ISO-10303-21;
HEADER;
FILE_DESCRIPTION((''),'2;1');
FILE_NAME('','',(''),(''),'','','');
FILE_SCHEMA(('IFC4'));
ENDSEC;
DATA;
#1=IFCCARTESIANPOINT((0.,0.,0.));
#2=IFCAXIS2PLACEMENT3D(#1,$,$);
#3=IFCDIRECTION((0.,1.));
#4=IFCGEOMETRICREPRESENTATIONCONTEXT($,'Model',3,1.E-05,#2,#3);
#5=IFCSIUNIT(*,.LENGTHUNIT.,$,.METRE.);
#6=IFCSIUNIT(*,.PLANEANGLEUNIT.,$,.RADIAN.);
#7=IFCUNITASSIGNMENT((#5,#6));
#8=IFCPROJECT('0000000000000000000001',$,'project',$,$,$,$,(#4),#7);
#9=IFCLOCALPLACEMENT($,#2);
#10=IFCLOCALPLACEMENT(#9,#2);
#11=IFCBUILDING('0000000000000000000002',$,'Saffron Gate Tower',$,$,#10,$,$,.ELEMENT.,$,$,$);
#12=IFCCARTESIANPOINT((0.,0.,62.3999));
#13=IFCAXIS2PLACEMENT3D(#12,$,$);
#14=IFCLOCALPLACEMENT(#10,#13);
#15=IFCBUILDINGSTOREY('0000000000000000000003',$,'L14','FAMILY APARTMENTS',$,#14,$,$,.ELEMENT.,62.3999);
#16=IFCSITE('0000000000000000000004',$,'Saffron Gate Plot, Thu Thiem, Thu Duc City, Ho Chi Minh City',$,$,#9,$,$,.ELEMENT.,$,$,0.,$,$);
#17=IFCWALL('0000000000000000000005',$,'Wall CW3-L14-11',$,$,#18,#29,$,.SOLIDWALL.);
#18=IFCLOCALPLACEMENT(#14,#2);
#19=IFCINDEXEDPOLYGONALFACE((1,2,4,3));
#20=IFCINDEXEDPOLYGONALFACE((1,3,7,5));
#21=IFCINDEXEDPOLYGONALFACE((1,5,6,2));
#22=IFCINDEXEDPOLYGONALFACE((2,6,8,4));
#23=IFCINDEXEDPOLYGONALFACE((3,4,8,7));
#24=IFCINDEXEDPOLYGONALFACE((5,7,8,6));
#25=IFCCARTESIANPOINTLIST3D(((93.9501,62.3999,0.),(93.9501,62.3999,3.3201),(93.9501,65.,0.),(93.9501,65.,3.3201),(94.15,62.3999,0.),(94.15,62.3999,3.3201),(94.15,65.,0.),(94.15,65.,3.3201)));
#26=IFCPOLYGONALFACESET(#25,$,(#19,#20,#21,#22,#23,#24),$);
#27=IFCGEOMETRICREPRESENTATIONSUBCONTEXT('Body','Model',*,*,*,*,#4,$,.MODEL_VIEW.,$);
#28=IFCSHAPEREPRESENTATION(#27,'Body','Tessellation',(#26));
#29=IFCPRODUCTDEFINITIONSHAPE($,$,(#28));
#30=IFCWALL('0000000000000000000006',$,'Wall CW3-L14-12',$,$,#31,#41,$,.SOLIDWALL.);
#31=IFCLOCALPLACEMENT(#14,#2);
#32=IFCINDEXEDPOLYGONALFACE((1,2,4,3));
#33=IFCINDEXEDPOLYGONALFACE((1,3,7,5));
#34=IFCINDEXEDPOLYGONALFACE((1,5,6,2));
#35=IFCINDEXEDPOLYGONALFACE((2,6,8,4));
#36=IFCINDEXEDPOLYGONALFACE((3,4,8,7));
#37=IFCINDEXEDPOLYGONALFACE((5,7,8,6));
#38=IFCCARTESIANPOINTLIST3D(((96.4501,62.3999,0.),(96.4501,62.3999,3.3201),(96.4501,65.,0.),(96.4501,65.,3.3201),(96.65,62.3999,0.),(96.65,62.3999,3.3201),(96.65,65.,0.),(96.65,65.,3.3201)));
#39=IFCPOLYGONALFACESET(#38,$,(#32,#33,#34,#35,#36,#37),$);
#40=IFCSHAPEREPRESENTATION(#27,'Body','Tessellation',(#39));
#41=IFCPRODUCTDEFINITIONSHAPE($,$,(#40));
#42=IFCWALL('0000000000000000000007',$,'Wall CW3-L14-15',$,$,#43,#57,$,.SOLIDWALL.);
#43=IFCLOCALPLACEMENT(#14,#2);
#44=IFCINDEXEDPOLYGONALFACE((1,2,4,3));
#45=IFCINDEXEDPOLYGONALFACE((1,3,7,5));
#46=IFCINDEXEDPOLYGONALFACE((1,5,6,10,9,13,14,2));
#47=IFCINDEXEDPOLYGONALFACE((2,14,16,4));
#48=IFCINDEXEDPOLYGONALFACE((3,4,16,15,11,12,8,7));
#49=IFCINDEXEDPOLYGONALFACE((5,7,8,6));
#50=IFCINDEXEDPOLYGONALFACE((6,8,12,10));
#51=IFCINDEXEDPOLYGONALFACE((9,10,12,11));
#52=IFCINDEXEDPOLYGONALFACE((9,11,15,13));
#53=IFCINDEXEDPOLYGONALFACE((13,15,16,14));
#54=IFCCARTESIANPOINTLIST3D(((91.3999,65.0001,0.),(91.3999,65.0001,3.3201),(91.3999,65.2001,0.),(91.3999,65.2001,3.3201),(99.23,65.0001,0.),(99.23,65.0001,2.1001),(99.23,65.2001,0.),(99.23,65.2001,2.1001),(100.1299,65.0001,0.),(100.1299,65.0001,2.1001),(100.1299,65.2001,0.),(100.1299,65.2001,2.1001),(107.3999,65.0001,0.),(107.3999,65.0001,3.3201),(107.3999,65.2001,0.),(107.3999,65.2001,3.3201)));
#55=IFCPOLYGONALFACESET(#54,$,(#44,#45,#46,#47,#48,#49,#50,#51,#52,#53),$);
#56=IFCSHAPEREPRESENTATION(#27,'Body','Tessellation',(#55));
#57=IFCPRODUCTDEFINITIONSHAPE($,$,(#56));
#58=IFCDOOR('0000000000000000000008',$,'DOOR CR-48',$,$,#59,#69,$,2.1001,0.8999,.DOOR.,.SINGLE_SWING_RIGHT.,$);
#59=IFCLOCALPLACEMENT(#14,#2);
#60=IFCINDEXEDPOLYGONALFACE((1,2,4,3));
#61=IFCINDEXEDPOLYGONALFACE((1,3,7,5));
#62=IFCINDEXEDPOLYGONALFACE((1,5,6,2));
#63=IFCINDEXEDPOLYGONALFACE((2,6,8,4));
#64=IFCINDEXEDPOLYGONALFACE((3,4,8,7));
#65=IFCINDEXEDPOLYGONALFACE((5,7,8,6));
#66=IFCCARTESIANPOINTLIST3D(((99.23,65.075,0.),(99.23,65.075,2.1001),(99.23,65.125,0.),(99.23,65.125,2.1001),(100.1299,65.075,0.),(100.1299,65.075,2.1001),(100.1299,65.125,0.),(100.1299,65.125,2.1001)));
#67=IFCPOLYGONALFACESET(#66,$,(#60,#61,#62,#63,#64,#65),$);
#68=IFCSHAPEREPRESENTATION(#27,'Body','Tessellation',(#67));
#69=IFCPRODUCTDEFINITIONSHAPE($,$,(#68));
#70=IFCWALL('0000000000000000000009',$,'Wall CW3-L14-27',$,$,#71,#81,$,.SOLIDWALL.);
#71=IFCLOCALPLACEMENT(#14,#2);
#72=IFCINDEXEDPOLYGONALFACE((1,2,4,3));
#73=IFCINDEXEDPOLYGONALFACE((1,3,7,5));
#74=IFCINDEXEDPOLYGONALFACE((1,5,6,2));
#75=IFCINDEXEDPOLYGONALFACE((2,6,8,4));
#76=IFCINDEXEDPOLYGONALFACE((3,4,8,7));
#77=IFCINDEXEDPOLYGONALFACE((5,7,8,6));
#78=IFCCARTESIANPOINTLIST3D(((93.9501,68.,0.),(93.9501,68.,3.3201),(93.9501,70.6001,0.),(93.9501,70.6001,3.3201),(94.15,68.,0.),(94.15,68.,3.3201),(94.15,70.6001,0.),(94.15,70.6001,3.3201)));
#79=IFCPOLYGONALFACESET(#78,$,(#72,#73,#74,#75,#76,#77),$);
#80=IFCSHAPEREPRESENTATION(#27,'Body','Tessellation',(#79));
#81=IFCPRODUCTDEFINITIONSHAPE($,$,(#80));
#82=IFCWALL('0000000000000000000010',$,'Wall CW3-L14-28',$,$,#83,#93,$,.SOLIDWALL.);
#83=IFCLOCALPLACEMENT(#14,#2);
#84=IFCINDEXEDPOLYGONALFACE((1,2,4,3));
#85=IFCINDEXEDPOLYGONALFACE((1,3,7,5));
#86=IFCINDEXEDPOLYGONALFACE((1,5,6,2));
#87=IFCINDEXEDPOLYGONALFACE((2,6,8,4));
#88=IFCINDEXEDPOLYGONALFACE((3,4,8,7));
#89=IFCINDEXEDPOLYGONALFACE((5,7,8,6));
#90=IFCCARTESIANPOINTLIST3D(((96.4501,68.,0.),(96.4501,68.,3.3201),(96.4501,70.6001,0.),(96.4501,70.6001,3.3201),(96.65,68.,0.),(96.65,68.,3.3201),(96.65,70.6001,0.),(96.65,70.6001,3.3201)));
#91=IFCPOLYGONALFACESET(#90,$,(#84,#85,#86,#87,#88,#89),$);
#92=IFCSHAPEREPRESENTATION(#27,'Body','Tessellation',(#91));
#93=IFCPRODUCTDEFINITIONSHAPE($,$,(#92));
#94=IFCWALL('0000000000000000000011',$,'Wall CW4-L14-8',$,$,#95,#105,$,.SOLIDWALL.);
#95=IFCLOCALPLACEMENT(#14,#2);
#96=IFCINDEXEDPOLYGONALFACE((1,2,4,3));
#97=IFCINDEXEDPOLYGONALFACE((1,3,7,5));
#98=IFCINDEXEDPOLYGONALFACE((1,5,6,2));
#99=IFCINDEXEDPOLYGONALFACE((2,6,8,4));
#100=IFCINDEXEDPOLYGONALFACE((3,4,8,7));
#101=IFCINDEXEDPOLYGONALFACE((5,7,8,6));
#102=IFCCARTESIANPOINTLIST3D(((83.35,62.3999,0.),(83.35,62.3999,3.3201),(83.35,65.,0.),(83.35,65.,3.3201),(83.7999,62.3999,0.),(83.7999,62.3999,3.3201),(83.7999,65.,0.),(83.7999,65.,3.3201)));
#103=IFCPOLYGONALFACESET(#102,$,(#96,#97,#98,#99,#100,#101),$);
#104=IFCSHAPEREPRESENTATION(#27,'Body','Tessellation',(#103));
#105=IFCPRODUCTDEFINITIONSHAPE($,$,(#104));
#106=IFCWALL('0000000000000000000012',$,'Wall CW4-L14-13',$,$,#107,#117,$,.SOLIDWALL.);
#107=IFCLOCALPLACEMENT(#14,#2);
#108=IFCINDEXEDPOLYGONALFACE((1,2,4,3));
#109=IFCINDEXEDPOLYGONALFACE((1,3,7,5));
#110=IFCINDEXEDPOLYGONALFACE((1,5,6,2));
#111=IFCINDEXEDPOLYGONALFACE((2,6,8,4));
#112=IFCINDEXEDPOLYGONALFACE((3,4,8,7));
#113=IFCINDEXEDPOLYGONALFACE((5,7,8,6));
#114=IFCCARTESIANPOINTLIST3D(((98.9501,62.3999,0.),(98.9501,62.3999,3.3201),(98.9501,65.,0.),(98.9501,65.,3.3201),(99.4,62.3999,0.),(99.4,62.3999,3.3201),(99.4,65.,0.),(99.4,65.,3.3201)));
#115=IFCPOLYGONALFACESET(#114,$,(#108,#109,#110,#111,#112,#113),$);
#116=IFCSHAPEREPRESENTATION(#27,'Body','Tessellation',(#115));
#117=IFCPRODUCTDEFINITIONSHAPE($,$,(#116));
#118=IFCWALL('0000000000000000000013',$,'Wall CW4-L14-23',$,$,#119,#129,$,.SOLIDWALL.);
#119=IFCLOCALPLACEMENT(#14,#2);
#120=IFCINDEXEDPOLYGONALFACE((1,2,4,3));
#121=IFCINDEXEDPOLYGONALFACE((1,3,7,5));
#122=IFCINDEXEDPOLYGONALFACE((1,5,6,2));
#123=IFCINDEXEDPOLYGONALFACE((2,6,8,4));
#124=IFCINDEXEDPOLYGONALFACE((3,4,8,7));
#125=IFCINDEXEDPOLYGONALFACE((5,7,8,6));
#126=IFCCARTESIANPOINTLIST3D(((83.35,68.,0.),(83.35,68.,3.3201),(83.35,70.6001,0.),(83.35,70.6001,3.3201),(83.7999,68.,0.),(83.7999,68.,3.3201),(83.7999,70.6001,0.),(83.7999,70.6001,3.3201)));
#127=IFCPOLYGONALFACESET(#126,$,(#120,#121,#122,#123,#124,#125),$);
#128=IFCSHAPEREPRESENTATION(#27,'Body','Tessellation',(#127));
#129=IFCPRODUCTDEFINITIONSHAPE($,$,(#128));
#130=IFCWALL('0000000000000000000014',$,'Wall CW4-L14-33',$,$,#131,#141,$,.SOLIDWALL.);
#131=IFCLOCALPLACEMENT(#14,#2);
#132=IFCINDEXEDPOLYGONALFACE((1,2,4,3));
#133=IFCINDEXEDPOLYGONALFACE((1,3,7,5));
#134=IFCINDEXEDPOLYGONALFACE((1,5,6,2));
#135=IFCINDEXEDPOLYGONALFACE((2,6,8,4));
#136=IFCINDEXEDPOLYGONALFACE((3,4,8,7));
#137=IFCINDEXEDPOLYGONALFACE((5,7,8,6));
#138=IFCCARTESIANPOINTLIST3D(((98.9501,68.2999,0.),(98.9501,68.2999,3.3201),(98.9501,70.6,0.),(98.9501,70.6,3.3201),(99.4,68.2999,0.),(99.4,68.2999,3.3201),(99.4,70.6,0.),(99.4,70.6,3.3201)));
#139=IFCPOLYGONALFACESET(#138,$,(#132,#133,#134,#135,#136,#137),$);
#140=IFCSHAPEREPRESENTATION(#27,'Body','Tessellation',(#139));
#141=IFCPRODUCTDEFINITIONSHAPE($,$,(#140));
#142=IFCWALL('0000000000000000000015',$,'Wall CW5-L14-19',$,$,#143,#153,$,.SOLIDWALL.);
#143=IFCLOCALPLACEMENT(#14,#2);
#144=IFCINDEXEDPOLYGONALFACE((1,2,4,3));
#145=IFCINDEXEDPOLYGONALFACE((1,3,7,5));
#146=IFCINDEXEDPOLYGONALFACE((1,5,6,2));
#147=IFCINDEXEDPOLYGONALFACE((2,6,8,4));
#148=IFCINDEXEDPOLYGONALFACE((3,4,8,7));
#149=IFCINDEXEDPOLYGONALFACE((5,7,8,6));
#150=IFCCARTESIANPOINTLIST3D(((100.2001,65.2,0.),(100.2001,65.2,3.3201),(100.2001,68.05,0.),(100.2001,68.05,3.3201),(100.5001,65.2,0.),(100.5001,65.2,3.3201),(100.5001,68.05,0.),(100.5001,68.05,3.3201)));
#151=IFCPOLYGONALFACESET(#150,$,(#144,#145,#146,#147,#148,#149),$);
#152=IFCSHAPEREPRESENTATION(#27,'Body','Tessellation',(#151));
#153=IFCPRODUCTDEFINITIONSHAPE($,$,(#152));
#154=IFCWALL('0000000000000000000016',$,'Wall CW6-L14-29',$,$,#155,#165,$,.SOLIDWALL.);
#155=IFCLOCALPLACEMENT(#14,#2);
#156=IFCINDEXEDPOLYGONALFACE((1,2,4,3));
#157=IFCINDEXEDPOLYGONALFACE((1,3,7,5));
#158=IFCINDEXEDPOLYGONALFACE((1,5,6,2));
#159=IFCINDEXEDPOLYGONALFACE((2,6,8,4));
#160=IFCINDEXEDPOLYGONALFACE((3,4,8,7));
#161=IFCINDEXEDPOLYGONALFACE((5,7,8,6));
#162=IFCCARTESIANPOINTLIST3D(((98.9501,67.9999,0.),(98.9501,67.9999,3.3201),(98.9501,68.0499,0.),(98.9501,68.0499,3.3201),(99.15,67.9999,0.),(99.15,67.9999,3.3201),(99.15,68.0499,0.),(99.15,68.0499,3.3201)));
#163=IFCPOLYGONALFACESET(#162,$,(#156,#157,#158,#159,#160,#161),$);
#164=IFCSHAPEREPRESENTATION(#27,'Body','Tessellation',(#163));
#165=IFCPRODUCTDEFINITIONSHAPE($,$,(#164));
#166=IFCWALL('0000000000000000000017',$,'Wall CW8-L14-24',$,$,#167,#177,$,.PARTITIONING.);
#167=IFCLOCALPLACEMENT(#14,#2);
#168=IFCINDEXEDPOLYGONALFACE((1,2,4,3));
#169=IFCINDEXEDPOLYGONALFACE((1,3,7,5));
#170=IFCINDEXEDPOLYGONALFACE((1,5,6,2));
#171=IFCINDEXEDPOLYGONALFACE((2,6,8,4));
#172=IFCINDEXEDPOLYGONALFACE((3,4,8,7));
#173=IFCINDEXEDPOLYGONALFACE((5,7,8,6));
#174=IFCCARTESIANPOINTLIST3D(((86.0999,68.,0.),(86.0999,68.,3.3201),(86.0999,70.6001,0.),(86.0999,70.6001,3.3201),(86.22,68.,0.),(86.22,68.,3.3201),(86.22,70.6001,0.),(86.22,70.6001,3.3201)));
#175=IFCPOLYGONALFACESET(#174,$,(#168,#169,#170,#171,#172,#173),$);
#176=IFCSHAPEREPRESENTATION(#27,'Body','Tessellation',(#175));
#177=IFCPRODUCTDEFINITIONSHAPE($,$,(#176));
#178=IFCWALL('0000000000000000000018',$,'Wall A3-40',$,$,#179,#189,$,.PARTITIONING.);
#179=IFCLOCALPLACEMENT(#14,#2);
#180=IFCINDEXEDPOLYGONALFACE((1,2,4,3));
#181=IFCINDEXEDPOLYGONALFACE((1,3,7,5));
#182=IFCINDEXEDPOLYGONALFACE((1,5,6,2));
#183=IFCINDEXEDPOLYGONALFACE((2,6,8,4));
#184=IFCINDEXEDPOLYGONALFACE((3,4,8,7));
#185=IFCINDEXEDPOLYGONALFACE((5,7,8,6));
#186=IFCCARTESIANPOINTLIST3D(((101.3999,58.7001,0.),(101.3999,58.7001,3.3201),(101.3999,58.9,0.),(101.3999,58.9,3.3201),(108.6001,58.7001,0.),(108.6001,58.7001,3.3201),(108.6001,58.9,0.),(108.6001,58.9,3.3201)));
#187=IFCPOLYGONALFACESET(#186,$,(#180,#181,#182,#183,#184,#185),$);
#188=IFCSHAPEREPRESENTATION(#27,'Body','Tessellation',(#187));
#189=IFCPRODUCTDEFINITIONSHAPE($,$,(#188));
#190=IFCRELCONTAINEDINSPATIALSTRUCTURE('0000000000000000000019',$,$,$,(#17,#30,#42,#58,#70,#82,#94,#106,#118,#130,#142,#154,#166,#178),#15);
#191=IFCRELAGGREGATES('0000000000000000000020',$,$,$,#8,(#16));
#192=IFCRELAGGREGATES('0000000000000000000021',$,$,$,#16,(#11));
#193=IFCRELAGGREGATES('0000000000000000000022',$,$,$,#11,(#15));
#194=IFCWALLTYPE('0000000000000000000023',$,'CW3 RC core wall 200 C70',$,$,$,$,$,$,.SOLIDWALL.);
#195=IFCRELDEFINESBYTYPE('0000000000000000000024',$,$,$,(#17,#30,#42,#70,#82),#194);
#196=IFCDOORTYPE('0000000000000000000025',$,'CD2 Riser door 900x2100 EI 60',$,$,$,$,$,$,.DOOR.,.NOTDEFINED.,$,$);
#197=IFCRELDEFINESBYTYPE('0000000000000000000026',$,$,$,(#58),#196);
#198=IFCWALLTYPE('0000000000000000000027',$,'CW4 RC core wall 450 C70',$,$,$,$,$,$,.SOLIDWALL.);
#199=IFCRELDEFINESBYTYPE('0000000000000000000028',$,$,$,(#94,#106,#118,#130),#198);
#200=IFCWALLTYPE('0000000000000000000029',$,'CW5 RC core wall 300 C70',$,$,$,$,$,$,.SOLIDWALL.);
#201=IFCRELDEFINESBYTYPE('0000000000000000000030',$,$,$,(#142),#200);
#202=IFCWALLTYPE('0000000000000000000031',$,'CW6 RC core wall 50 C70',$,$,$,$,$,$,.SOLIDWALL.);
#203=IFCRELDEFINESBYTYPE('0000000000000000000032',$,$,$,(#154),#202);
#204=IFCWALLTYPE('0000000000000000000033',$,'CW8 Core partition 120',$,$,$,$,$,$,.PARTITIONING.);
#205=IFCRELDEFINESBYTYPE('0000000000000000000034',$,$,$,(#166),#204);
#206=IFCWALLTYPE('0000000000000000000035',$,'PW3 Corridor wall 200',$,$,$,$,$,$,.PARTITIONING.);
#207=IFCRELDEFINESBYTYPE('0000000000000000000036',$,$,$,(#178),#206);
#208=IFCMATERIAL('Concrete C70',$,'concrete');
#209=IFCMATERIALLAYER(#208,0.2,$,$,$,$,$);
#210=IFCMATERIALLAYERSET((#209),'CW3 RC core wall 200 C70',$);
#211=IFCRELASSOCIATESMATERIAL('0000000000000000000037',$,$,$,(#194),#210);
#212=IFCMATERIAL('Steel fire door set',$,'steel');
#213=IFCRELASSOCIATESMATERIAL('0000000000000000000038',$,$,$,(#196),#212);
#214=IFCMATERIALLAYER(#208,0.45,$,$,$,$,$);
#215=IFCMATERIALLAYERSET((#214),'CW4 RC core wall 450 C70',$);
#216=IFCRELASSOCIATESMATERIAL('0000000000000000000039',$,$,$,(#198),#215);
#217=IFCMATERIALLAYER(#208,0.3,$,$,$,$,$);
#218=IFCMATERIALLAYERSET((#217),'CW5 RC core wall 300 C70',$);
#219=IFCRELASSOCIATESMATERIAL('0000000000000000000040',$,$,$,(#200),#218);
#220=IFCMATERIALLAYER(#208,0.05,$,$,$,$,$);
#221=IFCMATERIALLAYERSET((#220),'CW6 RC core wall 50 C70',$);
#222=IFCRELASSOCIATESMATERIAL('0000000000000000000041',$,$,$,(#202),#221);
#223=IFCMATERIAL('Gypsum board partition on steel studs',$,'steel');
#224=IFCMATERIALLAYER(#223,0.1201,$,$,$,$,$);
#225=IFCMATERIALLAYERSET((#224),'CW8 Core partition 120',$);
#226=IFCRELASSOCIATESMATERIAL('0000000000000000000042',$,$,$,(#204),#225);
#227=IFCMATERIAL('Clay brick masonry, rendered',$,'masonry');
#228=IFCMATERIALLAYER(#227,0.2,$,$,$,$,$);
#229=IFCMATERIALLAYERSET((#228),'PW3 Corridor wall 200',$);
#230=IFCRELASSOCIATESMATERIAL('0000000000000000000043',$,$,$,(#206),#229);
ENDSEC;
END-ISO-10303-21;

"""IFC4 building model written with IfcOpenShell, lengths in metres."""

from ifc_helpers import new_model, si_unit, direction, frame, frame_2d, origin, place, context, subcontext, project, spatial, rectangle, extrude, material, layer, layer_set, type_object, element, fill, save


model = new_model("IFC4")

# Units and contexts
model_context = context("Model", 3, precision=1e-05, world=origin(), true_north=direction((0.0, 1.0)))
body_context = subcontext(model_context, "Body", "Model", "MODEL_VIEW")
ifc_project = project(units=[si_unit("LENGTHUNIT", "METRE"), si_unit("PLANEANGLEUNIT", "RADIAN")], contexts=[model_context])

# Site, building, storey
site_placement = place(None, origin())
site = spatial("IfcSite", under=ifc_project, at=site_placement, Name="Saffron Gate Plot, Thu Thiem, Thu Duc City, Ho Chi Minh City", CompositionType="ELEMENT", RefElevation=0.0)
building_placement = place(site_placement, origin())
building = spatial("IfcBuilding", under=site, at=building_placement, Name="Saffron Gate Tower", CompositionType="ELEMENT")
storey_placement = place(building_placement, frame((0.0, 0.0, 62.3999)))
storey = spatial("IfcBuildingStorey", under=building, at=storey_placement, Name="L14", Description="FAMILY APARTMENTS", CompositionType="ELEMENT", Elevation=62.3999)

# Shared definitions
ifc_material_1 = material(Name="Gypsum board partition on steel studs", Category="steel")
ifc_material_2 = material(Name="Concrete C70", Category="concrete")

# Shared definitions
ifc_material_3 = material(Name="Steel fire door set", Category="steel")

# Walls
ifc_layer_1 = layer(ifc_material_2, 0.2)
ifc_layer_set_1 = layer_set([ifc_layer_1], Name="CW3 RC core wall 200 C70")
wall_type_1 = type_object("IfcWallType", Name="CW3 RC core wall 200 C70", PredefinedType="SOLIDWALL", material=ifc_layer_set_1)
for number, where, z_axis, x_axis, name in (
    (1, (94.05, 62.3999, 0.0), (0.0, 0.0, 1.0), (0.0, 1.0, 0.0), "Wall CW3-L14-11"),
    (2, (96.55, 62.3999, 0.0), (0.0, 0.0, 1.0), (0.0, 1.0, 0.0), "Wall CW3-L14-12"),
):
    element("IfcWall", number, at=place(storey_placement, frame(where, z_axis=z_axis, x_axis=x_axis)), inside=storey, type_object=wall_type_1, Name=name, PredefinedType="SOLIDWALL", context=body_context, shape_type="SweptSolid", body=[
        extrude(rectangle(XDim=2.6001, YDim=0.2, at=frame_2d((1.3, 0.0))), origin(), (0.0, 0.0, 1.0), 3.3201),
    ])

# Wall, opening, door
wall_1_placement = place(storey_placement, frame((91.3999, 65.1001, 0.0), z_axis=(0.0, 0.0, 1.0), x_axis=(1.0, 0.0, 0.0)))
wall_1 = element("IfcWall", 3, at=wall_1_placement, inside=storey, type_object=wall_type_1, Name="Wall CW3-L14-15", PredefinedType="SOLIDWALL", context=body_context, shape_type="SweptSolid", body=[
    extrude(rectangle(XDim=16.0, YDim=0.2, at=frame_2d((8.0, 0.0))), origin(), (0.0, 0.0, 1.0), 3.3201),
])
opening_1_placement = place(wall_1_placement, frame((7.8301, 0.0, 0.0)))
opening_1 = element("IfcOpeningElement", 4, at=opening_1_placement, cuts=wall_1, PredefinedType="OPENING", context=body_context, shape_type="SweptSolid", body=[
    extrude(rectangle(XDim=0.8999, YDim=2.1001, at=frame_2d((0.45, 1.05))), frame((0.0, 0.1099, 0.0), z_axis=(0.0, -1.0, 0.0), x_axis=(1.0, 0.0, 0.0)), (0.0, 0.0, 1.0), 0.22),
])
door_type_1 = type_object("IfcDoorType", Name="CD2 Riser door 900x2100 EI 60", OperationType="NOTDEFINED", PredefinedType="DOOR", material=ifc_material_3)
door_1_placement = place(opening_1_placement, origin())
door_1 = element("IfcDoor", 5, at=door_1_placement, inside=storey, type_object=door_type_1, Name="DOOR CR-48", OperationType="SINGLE_SWING_RIGHT", OverallHeight=2.1001, OverallWidth=0.8999, PredefinedType="DOOR", context=body_context, shape_type="SweptSolid", body=[
    extrude(rectangle(XDim=0.8999, YDim=2.1001, at=frame_2d((0.45, 1.05))), frame((0.0, 0.0249, 0.0), z_axis=(0.0, -1.0, 0.0), x_axis=(1.0, 0.0, 0.0)), (0.0, 0.0, 1.0), 0.05),
])
fill(opening_1, door_1)

# Walls
for number, where, z_axis, x_axis, name in (
    (6, (94.05, 68.0, 0.0), (0.0, 0.0, 1.0), (0.0, 1.0, 0.0), "Wall CW3-L14-27"),
    (7, (96.55, 68.0, 0.0), (0.0, 0.0, 1.0), (0.0, 1.0, 0.0), "Wall CW3-L14-28"),
):
    element("IfcWall", number, at=place(storey_placement, frame(where, z_axis=z_axis, x_axis=x_axis)), inside=storey, type_object=wall_type_1, Name=name, PredefinedType="SOLIDWALL", context=body_context, shape_type="SweptSolid", body=[
        extrude(rectangle(XDim=2.6001, YDim=0.2, at=frame_2d((1.3, 0.0))), origin(), (0.0, 0.0, 1.0), 3.3201),
    ])
ifc_layer_2 = layer(ifc_material_2, 0.45)
ifc_layer_set_2 = layer_set([ifc_layer_2], Name="CW4 RC core wall 450 C70")
wall_type_2 = type_object("IfcWallType", Name="CW4 RC core wall 450 C70", PredefinedType="SOLIDWALL", material=ifc_layer_set_2)
for number, where, z_axis, x_axis, name in (
    (8, (83.575, 62.3999, 0.0), (0.0, 0.0, 1.0), (0.0, 1.0, 0.0), "Wall CW4-L14-8"),
    (9, (99.175, 62.3999, 0.0), (0.0, 0.0, 1.0), (0.0, 1.0, 0.0), "Wall CW4-L14-13"),
    (10, (83.575, 68.0, 0.0), (0.0, 0.0, 1.0), (0.0, 1.0, 0.0), "Wall CW4-L14-23"),
):
    element("IfcWall", number, at=place(storey_placement, frame(where, z_axis=z_axis, x_axis=x_axis)), inside=storey, type_object=wall_type_2, Name=name, PredefinedType="SOLIDWALL", context=body_context, shape_type="SweptSolid", body=[
        extrude(rectangle(XDim=2.6001, YDim=0.45, at=frame_2d((1.3, 0.0))), origin(), (0.0, 0.0, 1.0), 3.3201),
    ])
wall_2_placement = place(storey_placement, frame((99.175, 68.3, 0.0), z_axis=(0.0, 0.0, 1.0), x_axis=(0.0, 1.0, 0.0)))
element("IfcWall", 11, at=wall_2_placement, inside=storey, type_object=wall_type_2, Name="Wall CW4-L14-33", PredefinedType="SOLIDWALL", context=body_context, shape_type="SweptSolid", body=[
    extrude(rectangle(XDim=2.3, YDim=0.45, at=frame_2d((1.1499, 0.0))), origin(), (0.0, 0.0, 1.0), 3.3201),
])
ifc_layer_3 = layer(ifc_material_2, 0.3)
ifc_layer_set_3 = layer_set([ifc_layer_3], Name="CW5 RC core wall 300 C70")
wall_type_3 = type_object("IfcWallType", Name="CW5 RC core wall 300 C70", PredefinedType="SOLIDWALL", material=ifc_layer_set_3)
wall_3_placement = place(storey_placement, frame((100.3501, 65.2, 0.0), z_axis=(0.0, 0.0, 1.0), x_axis=(0.0, 1.0, 0.0)))
element("IfcWall", 12, at=wall_3_placement, inside=storey, type_object=wall_type_3, Name="Wall CW5-L14-19", PredefinedType="SOLIDWALL", context=body_context, shape_type="SweptSolid", body=[
    extrude(rectangle(XDim=2.8501, YDim=0.3, at=frame_2d((1.425, 0.0))), origin(), (0.0, 0.0, 1.0), 3.3201),
])
ifc_layer_4 = layer(ifc_material_2, 0.05)
ifc_layer_set_4 = layer_set([ifc_layer_4], Name="CW6 RC core wall 50 C70")
wall_type_4 = type_object("IfcWallType", Name="CW6 RC core wall 50 C70", PredefinedType="SOLIDWALL", material=ifc_layer_set_4)
wall_4_placement = place(storey_placement, frame((98.95, 68.0249, 0.0), z_axis=(0.0, 0.0, 1.0), x_axis=(1.0, 0.0, 0.0)))
element("IfcWall", 13, at=wall_4_placement, inside=storey, type_object=wall_type_4, Name="Wall CW6-L14-29", PredefinedType="SOLIDWALL", context=body_context, shape_type="SweptSolid", body=[
    extrude(rectangle(XDim=0.2, YDim=0.05, at=frame_2d((0.1001, 0.0))), origin(), (0.0, 0.0, 1.0), 3.3201),
])
ifc_layer_5 = layer(ifc_material_1, 0.1201)
ifc_layer_set_5 = layer_set([ifc_layer_5], Name="CW8 Core partition 120")
wall_type_5 = type_object("IfcWallType", Name="CW8 Core partition 120", PredefinedType="PARTITIONING", material=ifc_layer_set_5)
wall_5_placement = place(storey_placement, frame((86.1599, 68.0, 0.0), z_axis=(0.0, 0.0, 1.0), x_axis=(0.0, 1.0, 0.0)))
element("IfcWall", 14, at=wall_5_placement, inside=storey, type_object=wall_type_5, Name="Wall CW8-L14-24", PredefinedType="PARTITIONING", context=body_context, shape_type="SweptSolid", body=[
    extrude(rectangle(XDim=2.6001, YDim=0.1201, at=frame_2d((1.3, 0.0))), origin(), (0.0, 0.0, 1.0), 3.3201),
])
ifc_material_4 = material(Name="Clay brick masonry, rendered", Category="masonry")
ifc_layer_6 = layer(ifc_material_4, 0.2)
ifc_layer_set_6 = layer_set([ifc_layer_6], Name="PW3 Corridor wall 200")
wall_type_6 = type_object("IfcWallType", Name="PW3 Corridor wall 200", PredefinedType="PARTITIONING", material=ifc_layer_set_6)
wall_6_placement = place(storey_placement, frame((101.3999, 58.8, 0.0), z_axis=(0.0, 0.0, 1.0), x_axis=(1.0, 0.0, 0.0)))
element("IfcWall", 15, at=wall_6_placement, inside=storey, type_object=wall_type_6, Name="Wall A3-40", PredefinedType="PARTITIONING", context=body_context, shape_type="SweptSolid", body=[
    extrude(rectangle(XDim=7.2002, YDim=0.2, at=frame_2d((3.6001, 0.0))), origin(), (0.0, 0.0, 1.0), 3.3201),
])

save(model, "model.ifc")
